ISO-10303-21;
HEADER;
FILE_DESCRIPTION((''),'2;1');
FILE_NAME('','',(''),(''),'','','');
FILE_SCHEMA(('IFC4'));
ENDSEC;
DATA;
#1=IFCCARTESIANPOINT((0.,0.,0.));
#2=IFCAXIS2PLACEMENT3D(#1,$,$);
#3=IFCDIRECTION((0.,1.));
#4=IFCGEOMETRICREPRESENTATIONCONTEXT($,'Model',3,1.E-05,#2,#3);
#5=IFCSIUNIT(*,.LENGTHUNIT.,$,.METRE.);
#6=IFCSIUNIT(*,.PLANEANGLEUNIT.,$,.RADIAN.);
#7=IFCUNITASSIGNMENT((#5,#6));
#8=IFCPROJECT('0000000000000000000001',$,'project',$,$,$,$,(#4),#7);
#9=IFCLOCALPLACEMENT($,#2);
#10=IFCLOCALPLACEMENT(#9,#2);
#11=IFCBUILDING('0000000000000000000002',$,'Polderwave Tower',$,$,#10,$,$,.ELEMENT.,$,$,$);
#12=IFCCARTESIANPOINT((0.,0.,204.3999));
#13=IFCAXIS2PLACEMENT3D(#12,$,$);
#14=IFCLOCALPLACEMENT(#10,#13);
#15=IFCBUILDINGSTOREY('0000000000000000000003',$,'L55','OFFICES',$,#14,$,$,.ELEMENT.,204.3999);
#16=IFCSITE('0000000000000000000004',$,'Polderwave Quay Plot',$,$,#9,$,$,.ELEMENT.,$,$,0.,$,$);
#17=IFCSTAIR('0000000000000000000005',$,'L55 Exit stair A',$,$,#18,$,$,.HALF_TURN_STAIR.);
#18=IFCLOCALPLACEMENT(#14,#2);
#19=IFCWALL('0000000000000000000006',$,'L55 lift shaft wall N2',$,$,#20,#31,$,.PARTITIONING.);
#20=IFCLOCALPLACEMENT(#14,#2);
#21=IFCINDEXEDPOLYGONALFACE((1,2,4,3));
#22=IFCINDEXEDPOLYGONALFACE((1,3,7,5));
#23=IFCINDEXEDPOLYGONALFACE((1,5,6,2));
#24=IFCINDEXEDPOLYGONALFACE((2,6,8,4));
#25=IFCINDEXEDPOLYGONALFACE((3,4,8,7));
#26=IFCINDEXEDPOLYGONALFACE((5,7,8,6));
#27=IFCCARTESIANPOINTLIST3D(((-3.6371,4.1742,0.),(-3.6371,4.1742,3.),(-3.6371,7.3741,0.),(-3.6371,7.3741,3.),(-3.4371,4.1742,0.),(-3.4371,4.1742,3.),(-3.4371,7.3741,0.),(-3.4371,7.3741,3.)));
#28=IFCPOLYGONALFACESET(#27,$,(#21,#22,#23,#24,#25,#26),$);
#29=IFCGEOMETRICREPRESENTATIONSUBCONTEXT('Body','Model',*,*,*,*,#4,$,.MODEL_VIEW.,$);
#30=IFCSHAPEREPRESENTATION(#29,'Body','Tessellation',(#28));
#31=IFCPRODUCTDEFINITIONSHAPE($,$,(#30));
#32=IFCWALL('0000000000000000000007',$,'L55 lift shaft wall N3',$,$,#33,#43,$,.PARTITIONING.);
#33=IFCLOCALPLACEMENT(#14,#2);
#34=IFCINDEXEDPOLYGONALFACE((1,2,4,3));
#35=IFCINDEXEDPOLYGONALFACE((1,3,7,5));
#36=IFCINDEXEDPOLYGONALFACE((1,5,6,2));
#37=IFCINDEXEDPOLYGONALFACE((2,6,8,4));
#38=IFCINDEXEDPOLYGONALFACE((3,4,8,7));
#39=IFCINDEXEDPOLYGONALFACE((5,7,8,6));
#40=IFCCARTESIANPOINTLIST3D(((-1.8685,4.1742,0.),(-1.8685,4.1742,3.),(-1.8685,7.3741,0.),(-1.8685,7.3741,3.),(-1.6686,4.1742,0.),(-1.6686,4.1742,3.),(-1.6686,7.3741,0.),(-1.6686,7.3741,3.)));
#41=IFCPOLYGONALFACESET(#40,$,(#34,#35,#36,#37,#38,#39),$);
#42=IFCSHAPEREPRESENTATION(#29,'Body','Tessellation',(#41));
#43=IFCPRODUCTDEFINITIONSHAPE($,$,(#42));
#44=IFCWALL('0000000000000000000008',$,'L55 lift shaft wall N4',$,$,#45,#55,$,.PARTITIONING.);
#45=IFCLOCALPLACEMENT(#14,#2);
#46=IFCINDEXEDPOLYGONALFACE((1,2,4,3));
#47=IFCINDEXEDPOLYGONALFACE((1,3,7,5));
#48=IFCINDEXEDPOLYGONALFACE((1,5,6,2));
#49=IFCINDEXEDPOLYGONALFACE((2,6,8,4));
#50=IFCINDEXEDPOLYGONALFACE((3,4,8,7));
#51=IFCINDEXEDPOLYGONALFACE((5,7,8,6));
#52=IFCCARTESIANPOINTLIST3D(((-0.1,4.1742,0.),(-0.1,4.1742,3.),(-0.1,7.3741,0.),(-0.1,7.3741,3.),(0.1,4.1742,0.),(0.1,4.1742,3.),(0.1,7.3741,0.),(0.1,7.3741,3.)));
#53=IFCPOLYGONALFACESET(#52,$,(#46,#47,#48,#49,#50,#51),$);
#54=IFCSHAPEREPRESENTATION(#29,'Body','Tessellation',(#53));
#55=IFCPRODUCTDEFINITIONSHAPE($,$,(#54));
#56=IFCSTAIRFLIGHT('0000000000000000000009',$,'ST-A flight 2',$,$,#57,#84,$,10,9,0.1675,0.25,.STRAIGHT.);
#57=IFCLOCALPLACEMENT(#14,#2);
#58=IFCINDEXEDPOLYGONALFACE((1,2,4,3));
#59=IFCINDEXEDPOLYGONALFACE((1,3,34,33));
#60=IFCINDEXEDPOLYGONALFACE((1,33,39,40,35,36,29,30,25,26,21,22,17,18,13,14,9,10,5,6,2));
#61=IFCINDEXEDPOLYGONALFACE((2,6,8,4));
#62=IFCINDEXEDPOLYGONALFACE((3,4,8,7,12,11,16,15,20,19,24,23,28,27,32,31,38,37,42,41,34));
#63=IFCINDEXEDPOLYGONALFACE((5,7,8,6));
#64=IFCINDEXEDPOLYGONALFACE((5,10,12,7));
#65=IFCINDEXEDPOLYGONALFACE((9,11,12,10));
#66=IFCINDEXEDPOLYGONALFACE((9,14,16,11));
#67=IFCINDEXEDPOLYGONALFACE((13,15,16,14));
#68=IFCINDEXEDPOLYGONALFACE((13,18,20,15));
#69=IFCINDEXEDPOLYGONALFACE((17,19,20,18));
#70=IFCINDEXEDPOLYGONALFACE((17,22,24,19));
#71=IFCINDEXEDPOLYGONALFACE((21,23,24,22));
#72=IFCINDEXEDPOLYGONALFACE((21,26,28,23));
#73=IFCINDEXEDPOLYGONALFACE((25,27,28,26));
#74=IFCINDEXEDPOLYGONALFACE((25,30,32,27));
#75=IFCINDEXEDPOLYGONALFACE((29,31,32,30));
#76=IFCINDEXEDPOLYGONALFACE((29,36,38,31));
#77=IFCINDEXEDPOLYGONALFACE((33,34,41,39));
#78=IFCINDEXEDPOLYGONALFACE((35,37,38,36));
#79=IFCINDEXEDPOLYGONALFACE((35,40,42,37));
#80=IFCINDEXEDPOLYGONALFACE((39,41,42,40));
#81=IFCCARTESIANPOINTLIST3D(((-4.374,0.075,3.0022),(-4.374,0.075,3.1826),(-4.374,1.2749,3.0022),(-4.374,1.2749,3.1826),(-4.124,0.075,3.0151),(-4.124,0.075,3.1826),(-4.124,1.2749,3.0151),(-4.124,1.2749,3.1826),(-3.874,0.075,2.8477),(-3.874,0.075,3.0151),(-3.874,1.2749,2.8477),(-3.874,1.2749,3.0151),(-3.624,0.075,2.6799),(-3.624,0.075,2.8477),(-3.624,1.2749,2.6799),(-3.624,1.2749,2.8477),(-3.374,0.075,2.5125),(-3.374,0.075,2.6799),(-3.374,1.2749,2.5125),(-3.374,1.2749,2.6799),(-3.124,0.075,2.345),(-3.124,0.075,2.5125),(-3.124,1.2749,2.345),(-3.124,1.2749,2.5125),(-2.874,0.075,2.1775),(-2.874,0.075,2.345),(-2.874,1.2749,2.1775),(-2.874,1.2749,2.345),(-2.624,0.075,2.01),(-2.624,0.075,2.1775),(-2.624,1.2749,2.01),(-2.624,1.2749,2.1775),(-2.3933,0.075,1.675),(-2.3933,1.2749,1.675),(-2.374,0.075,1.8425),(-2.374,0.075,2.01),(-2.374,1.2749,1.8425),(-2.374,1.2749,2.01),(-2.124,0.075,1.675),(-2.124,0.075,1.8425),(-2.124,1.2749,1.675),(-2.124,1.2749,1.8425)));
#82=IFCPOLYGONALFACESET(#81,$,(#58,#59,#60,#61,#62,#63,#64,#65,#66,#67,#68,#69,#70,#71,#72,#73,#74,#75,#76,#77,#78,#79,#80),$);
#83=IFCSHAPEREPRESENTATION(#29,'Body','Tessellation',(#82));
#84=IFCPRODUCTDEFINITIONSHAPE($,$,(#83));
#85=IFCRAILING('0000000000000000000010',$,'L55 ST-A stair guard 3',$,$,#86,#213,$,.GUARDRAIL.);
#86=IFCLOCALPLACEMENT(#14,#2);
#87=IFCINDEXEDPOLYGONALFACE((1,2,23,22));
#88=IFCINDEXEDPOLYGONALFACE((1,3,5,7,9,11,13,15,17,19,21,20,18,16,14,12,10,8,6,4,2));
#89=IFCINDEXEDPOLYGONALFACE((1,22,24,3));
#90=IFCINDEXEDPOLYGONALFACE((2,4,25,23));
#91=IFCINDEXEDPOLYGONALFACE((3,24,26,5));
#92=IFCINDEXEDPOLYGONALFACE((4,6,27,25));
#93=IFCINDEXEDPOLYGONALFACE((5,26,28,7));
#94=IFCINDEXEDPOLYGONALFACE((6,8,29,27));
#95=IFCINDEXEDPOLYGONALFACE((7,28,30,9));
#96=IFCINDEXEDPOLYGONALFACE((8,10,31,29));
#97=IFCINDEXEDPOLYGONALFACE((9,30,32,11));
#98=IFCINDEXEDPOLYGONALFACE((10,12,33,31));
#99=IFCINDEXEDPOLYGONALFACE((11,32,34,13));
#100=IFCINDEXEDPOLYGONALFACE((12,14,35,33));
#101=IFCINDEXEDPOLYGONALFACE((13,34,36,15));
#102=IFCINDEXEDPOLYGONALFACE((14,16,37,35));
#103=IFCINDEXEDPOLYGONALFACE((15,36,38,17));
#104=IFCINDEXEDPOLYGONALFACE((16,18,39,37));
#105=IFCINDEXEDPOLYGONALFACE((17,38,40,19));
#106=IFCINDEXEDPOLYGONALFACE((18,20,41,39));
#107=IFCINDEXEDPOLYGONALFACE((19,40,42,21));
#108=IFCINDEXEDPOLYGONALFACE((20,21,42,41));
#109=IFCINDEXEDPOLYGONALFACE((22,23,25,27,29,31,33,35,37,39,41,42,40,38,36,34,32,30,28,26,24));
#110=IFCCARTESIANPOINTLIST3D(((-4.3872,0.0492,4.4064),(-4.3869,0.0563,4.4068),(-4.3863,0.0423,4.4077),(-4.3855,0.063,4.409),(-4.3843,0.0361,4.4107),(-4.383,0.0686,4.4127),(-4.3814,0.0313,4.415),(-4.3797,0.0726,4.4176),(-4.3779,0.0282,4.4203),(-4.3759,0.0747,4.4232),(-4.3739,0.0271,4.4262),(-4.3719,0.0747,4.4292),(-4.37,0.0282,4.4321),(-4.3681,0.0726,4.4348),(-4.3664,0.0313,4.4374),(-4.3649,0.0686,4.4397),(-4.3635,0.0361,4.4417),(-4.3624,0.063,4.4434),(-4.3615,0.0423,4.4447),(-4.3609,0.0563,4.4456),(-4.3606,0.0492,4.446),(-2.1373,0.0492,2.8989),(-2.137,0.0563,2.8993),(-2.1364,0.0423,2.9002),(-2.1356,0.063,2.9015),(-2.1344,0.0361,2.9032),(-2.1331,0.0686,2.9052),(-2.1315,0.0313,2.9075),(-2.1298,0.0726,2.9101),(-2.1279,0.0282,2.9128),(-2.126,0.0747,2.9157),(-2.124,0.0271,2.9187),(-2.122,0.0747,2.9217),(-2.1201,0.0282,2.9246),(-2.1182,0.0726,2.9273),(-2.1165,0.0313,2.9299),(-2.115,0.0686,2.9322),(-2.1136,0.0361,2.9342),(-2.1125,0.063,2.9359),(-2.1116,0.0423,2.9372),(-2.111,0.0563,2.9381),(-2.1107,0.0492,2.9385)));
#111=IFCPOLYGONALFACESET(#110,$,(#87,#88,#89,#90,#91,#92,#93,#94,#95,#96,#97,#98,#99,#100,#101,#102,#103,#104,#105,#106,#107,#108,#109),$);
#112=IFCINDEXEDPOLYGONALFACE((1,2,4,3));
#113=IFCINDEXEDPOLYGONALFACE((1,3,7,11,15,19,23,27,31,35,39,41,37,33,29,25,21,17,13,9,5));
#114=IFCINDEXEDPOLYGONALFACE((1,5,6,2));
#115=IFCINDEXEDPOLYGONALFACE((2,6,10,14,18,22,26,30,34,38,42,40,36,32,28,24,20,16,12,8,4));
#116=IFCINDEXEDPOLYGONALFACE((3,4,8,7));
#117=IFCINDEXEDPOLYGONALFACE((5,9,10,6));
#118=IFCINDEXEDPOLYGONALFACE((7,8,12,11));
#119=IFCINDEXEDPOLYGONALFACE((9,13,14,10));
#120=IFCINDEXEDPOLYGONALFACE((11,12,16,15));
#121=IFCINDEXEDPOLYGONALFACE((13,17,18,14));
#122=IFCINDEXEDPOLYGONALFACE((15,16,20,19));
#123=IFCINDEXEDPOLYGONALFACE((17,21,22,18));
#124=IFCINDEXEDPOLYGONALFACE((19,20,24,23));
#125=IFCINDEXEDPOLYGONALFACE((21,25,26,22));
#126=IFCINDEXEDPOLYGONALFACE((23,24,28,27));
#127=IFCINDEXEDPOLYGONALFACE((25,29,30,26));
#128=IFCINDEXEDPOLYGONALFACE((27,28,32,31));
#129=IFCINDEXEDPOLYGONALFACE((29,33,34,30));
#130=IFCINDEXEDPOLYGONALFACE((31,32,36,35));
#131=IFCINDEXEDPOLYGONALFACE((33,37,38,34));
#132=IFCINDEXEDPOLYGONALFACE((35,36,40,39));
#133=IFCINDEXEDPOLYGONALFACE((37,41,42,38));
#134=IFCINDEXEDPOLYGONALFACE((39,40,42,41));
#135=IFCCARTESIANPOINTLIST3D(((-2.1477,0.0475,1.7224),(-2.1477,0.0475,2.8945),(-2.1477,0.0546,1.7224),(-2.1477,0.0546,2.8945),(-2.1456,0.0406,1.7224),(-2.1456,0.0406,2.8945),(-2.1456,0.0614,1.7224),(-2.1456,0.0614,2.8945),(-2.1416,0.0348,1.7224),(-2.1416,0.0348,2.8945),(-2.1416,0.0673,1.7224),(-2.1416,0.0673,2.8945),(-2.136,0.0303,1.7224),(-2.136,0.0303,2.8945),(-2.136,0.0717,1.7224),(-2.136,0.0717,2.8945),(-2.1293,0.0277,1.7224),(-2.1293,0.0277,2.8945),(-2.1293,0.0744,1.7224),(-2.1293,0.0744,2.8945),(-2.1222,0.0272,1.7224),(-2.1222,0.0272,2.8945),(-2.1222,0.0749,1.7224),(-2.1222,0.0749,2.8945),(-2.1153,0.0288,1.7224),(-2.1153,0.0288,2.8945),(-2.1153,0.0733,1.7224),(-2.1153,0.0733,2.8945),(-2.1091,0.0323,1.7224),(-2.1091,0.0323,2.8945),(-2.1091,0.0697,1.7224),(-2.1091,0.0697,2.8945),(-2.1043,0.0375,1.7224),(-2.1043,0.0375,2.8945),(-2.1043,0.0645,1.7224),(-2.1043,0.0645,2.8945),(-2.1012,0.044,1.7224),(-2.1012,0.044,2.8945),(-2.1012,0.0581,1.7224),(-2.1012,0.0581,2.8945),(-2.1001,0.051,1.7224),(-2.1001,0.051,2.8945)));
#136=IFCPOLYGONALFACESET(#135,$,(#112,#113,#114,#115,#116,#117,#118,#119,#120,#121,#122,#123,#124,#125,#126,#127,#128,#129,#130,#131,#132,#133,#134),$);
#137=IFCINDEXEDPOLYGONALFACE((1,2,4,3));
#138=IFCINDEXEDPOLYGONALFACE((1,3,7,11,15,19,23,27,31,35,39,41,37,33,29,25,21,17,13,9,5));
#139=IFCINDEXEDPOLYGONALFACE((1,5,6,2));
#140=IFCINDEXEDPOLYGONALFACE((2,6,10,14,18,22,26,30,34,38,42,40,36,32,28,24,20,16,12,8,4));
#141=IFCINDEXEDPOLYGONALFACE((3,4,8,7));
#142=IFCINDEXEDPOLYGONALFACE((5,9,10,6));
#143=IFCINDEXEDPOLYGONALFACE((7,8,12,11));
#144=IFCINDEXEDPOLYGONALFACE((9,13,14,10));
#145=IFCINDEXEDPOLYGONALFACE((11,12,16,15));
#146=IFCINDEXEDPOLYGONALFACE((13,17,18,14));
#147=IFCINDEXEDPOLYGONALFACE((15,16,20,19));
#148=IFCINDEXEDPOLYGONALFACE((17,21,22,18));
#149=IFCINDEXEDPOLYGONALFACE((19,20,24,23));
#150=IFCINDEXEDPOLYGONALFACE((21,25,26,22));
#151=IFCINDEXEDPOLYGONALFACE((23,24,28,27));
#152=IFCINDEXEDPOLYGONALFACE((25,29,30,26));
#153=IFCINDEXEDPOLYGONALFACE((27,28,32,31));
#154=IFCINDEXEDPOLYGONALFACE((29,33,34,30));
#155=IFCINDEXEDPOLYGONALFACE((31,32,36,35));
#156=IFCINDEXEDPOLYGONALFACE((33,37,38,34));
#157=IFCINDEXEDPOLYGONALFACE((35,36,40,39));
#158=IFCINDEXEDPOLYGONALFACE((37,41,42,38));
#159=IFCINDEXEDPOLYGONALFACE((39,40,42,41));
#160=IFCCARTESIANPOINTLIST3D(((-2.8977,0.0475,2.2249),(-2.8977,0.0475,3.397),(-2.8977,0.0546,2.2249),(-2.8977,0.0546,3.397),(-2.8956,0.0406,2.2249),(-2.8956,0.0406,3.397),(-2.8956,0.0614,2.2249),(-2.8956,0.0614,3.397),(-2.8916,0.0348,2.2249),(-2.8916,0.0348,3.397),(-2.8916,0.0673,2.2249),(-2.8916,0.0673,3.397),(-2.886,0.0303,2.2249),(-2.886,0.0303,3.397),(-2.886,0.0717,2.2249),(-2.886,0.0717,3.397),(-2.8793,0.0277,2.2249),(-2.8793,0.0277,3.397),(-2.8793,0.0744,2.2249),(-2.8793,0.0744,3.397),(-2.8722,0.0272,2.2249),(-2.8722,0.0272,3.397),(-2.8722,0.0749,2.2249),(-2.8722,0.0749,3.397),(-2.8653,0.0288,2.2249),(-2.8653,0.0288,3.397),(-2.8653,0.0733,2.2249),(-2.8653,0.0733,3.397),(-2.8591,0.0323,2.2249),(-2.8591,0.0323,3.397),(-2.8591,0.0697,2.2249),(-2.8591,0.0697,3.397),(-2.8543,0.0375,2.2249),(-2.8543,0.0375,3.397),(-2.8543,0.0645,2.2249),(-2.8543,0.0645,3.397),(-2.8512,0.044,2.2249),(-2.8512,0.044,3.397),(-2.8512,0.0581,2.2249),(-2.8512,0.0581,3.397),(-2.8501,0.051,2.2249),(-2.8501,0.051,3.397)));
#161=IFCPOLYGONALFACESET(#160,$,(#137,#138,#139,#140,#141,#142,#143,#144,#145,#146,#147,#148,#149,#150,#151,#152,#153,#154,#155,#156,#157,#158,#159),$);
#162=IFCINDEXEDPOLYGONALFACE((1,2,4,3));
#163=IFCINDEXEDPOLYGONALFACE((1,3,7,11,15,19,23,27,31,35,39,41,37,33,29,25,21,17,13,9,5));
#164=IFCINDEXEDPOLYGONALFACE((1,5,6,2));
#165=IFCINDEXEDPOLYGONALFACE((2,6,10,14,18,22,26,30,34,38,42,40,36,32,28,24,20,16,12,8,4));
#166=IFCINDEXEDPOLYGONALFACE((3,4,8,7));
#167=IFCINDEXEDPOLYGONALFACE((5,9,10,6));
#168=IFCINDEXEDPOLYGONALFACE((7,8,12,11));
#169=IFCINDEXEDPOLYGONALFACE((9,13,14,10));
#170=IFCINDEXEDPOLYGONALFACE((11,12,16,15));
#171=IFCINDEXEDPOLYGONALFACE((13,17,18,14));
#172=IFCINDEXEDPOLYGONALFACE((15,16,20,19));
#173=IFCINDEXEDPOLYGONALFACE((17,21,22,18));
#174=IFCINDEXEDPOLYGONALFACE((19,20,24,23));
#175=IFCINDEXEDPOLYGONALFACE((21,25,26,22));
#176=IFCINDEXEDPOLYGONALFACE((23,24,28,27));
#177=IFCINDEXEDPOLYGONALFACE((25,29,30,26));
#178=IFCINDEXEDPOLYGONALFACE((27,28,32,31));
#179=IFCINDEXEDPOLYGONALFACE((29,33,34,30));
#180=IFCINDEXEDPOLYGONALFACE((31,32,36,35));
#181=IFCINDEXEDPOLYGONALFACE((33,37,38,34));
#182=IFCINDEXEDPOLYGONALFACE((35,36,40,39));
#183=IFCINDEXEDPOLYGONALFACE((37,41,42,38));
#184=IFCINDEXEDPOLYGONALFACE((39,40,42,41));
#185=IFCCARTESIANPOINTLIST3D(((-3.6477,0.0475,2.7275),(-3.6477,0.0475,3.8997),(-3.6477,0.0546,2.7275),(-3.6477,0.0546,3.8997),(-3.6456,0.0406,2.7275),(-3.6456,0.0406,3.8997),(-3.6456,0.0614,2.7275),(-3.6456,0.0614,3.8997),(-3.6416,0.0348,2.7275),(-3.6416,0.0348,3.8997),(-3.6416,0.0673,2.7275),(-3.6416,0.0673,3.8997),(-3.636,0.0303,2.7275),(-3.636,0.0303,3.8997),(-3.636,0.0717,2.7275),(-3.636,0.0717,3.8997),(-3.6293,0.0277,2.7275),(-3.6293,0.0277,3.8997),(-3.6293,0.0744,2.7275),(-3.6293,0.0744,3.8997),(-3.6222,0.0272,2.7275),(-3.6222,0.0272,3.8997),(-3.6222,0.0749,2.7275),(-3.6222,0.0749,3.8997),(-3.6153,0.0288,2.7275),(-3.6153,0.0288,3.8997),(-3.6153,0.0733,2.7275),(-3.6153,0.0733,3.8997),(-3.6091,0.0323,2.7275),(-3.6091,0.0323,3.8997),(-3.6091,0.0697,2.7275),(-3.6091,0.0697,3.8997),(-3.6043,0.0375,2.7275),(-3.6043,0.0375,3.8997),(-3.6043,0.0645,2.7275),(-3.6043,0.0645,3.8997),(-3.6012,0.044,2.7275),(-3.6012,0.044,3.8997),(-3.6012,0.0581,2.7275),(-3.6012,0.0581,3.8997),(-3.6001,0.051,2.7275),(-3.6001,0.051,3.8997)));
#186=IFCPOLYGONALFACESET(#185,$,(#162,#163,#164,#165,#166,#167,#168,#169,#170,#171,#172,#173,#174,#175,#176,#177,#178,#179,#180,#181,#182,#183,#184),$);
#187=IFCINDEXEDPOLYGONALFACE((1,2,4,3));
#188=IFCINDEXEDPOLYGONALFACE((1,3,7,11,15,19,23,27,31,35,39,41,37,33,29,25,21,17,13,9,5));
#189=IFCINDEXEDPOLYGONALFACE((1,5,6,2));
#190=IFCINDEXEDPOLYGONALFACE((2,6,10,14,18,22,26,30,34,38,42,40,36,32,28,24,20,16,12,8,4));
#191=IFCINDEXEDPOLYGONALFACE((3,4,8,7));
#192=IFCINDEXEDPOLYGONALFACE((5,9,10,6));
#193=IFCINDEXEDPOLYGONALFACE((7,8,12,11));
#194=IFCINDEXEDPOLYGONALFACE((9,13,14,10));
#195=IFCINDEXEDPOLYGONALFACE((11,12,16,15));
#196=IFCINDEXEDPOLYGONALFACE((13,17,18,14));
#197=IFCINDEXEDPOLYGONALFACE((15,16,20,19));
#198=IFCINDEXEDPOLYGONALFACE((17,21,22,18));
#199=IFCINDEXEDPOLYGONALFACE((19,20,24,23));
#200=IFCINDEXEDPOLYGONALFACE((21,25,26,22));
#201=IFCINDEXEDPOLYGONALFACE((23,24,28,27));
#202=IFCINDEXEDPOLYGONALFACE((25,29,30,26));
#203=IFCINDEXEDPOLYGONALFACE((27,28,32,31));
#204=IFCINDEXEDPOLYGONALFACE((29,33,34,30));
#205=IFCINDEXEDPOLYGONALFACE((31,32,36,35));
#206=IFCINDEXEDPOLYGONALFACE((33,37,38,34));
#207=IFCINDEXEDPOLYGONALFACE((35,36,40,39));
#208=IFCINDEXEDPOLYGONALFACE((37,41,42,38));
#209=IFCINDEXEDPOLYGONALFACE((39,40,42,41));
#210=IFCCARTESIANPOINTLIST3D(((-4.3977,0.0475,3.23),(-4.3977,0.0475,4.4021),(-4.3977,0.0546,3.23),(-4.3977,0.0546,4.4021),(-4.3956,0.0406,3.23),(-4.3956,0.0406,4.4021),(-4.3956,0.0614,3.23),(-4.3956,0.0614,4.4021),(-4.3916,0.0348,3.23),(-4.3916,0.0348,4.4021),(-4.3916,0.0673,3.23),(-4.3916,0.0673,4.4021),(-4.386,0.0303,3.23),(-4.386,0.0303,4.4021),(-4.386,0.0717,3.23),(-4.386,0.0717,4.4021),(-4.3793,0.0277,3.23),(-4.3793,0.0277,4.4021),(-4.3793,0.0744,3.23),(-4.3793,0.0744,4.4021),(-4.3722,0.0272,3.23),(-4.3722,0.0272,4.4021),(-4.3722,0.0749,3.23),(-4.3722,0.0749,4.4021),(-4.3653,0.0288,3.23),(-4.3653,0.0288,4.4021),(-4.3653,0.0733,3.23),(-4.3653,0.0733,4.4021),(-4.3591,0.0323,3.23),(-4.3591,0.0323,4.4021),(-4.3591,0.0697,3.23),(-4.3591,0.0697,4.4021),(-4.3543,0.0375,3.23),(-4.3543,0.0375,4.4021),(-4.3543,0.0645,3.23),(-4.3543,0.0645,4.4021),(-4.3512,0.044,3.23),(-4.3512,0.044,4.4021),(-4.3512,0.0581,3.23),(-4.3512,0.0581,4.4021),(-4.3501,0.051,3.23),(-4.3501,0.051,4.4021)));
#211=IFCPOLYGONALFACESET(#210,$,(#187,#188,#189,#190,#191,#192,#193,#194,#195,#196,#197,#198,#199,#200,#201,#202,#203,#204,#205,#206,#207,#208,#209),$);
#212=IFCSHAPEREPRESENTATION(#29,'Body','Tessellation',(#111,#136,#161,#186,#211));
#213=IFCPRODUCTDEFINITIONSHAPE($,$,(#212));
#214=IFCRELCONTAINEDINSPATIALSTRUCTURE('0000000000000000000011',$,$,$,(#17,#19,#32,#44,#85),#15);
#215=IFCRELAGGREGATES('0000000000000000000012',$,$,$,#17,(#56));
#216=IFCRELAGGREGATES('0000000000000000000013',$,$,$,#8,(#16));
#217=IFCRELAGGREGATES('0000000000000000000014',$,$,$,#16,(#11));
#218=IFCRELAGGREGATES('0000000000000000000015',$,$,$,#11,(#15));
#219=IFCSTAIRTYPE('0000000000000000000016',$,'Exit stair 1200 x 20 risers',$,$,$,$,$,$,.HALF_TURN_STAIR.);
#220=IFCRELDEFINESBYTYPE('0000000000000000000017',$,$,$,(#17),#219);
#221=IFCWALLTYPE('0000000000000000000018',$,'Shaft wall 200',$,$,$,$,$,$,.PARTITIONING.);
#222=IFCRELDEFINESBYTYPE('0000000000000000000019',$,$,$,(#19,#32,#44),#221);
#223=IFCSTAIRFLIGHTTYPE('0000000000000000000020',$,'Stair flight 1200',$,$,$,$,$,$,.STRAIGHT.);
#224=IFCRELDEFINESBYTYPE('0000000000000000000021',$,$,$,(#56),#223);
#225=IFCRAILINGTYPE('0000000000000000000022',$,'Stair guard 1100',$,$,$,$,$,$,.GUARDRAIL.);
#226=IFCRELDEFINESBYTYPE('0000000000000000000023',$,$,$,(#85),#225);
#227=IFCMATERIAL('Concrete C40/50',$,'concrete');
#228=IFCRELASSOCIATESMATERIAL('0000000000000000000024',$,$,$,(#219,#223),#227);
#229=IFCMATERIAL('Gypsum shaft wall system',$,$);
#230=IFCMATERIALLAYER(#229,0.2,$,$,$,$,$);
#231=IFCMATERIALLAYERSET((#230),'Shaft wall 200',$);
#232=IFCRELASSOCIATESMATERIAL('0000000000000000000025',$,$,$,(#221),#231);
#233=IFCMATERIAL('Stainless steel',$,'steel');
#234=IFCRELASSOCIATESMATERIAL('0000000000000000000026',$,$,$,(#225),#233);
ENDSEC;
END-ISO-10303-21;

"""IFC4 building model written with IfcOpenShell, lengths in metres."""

from ifc_helpers import new_model, si_unit, direction, frame, frame_2d, origin, origin_2d, place, context, subcontext, project, spatial, polyline, rectangle, circle, outline, extrude, material, layer, layer_set, type_object, element, aggregate, save


model = new_model("IFC4")

# Units and contexts
model_context = context("Model", 3, precision=1e-05, world=origin(), true_north=direction((0.0, 1.0)))
body_context = subcontext(model_context, "Body", "Model", "MODEL_VIEW")
ifc_project = project(units=[si_unit("LENGTHUNIT", "METRE"), si_unit("PLANEANGLEUNIT", "RADIAN")], contexts=[model_context])

# Site, building, storey
site_placement = place(None, origin())
site = spatial("IfcSite", under=ifc_project, at=site_placement, Name="Polderwave Quay Plot", CompositionType="ELEMENT", RefElevation=0.0)
building_placement = place(site_placement, origin())
building = spatial("IfcBuilding", under=site, at=building_placement, Name="Polderwave Tower", CompositionType="ELEMENT")
storey_placement = place(building_placement, frame((0.0, 0.0, 204.3999)))
storey = spatial("IfcBuildingStorey", under=building, at=storey_placement, Name="L55", Description="OFFICES", CompositionType="ELEMENT", Elevation=204.3999)

# Shared definitions
ifc_material_1 = material(Name="Concrete C40/50", Category="concrete")

# Stair
stair_type = type_object("IfcStairType", Name="Exit stair 1200 x 20 risers", PredefinedType="HALF_TURN_STAIR", material=ifc_material_1)
stair_1_placement = place(storey_placement, origin())
stair_1 = element("IfcStair", 1, at=stair_1_placement, inside=storey, type_object=stair_type, Name="L55 Exit stair A", PredefinedType="HALF_TURN_STAIR")

# Shared definitions
ifc_material_2 = material(Name="Stainless steel", Category="steel")

# Walls
ifc_material_3 = material(Name="Gypsum shaft wall system")
ifc_layer_1 = layer(ifc_material_3, 0.2)
ifc_layer_set_1 = layer_set([ifc_layer_1], Name="Shaft wall 200")
wall_type_1 = type_object("IfcWallType", Name="Shaft wall 200", PredefinedType="PARTITIONING", material=ifc_layer_set_1)
for number, where, z_axis, x_axis, name in (
    (2, (-3.5371, 4.1741, 0.0), (0.0, 0.0, 1.0), (0.0, 1.0, 0.0), "L55 lift shaft wall N2"),
    (3, (-1.7686, 4.1741, 0.0), (0.0, 0.0, 1.0), (0.0, 1.0, 0.0), "L55 lift shaft wall N3"),
    (4, (0.0, 4.1741, 0.0), (0.0, 0.0, 1.0), (0.0, 1.0, 0.0), "L55 lift shaft wall N4"),
):
    element("IfcWall", number, at=place(storey_placement, frame(where, z_axis=z_axis, x_axis=x_axis)), inside=storey, type_object=wall_type_1, Name=name, PredefinedType="PARTITIONING", context=body_context, shape_type="SweptSolid", body=[
        extrude(rectangle(XDim=3.2, YDim=0.2, at=frame_2d((1.6001, 0.0))), origin(), (0.0, 0.0, 1.0), 3.0),
    ])

# Stair flight
stair_flight_type = type_object("IfcStairFlightType", Name="Stair flight 1200", PredefinedType="STRAIGHT", material=ifc_material_1)
stair_flight_placement = place(storey_placement, frame((-2.124, 0.675, 1.675), z_axis=(0.0, 0.0, 1.0), x_axis=(-1.0, 0.0, 0.0)))
stair_flight = element("IfcStairFlight", 5, at=stair_flight_placement, type_object=stair_flight_type, Name="ST-A flight 2", NumberOfRisers=10, NumberOfTreads=9, PredefinedType="STRAIGHT", RiserHeight=0.1675, TreadLength=0.25, context=body_context, shape_type="SweptSolid", body=[
    extrude(outline(polyline([(0.0, 0.0), (0.0, 0.1675), (0.25, 0.1675), (0.25, 0.335), (0.5, 0.335), (0.5, 0.5024), (0.75, 0.5024), (0.75, 0.6699), (1.0, 0.6699), (1.0, 0.8374), (1.25, 0.8374), (1.25, 1.0049), (1.5, 1.0049), (1.5, 1.1726), (1.75, 1.1726), (1.75, 1.3401), (2.0, 1.3401), (2.0, 1.5076), (2.25, 1.5076), (2.25, 1.675), (2.25, 1.3271), (0.2693, 0.0), (0.0, 0.0)])), frame((0.0, 0.6001, 0.0), z_axis=(0.0, -1.0, 0.0), x_axis=(1.0, 0.0, 0.0)), (0.0, 0.0, 1.0), 1.2),
])
aggregate(stair_1, [stair_flight])

# Railing
railing_type_1 = type_object("IfcRailingType", Name="Stair guard 1100", PredefinedType="GUARDRAIL", material=ifc_material_2)
railing_1_placement = place(storey_placement, frame((-2.124, 0.051, 1.7224)))
element("IfcRailing", 6, at=railing_1_placement, inside=storey, type_object=railing_type_1, Name="L55 ST-A stair guard 3", PredefinedType="GUARDRAIL", context=body_context, shape_type="SweptSolid", body=[
    extrude(circle(Radius=0.0239, at=origin_2d()), frame((0.0, 0.0, 1.1963), z_axis=(-0.830758, 0.0, 0.556633), x_axis=(0.0, -1.0, 0.0)), (0.0, 0.0, 1.0), 2.7083),
    extrude(circle(Radius=0.0239, at=origin_2d()), origin(), (0.0, 0.0, 1.0), 1.1721),
    extrude(circle(Radius=0.0239, at=origin_2d()), frame((-0.75, 0.0, 0.5024)), (0.0, 0.0, 1.0), 1.1721),
    extrude(circle(Radius=0.0239, at=origin_2d()), frame((-1.5, 0.0, 1.0051)), (0.0, 0.0, 1.0), 1.1721),
    extrude(circle(Radius=0.0239, at=origin_2d()), frame((-2.25, 0.0, 1.5076)), (0.0, 0.0, 1.0), 1.1721),
])

save(model, "model.ifc")
